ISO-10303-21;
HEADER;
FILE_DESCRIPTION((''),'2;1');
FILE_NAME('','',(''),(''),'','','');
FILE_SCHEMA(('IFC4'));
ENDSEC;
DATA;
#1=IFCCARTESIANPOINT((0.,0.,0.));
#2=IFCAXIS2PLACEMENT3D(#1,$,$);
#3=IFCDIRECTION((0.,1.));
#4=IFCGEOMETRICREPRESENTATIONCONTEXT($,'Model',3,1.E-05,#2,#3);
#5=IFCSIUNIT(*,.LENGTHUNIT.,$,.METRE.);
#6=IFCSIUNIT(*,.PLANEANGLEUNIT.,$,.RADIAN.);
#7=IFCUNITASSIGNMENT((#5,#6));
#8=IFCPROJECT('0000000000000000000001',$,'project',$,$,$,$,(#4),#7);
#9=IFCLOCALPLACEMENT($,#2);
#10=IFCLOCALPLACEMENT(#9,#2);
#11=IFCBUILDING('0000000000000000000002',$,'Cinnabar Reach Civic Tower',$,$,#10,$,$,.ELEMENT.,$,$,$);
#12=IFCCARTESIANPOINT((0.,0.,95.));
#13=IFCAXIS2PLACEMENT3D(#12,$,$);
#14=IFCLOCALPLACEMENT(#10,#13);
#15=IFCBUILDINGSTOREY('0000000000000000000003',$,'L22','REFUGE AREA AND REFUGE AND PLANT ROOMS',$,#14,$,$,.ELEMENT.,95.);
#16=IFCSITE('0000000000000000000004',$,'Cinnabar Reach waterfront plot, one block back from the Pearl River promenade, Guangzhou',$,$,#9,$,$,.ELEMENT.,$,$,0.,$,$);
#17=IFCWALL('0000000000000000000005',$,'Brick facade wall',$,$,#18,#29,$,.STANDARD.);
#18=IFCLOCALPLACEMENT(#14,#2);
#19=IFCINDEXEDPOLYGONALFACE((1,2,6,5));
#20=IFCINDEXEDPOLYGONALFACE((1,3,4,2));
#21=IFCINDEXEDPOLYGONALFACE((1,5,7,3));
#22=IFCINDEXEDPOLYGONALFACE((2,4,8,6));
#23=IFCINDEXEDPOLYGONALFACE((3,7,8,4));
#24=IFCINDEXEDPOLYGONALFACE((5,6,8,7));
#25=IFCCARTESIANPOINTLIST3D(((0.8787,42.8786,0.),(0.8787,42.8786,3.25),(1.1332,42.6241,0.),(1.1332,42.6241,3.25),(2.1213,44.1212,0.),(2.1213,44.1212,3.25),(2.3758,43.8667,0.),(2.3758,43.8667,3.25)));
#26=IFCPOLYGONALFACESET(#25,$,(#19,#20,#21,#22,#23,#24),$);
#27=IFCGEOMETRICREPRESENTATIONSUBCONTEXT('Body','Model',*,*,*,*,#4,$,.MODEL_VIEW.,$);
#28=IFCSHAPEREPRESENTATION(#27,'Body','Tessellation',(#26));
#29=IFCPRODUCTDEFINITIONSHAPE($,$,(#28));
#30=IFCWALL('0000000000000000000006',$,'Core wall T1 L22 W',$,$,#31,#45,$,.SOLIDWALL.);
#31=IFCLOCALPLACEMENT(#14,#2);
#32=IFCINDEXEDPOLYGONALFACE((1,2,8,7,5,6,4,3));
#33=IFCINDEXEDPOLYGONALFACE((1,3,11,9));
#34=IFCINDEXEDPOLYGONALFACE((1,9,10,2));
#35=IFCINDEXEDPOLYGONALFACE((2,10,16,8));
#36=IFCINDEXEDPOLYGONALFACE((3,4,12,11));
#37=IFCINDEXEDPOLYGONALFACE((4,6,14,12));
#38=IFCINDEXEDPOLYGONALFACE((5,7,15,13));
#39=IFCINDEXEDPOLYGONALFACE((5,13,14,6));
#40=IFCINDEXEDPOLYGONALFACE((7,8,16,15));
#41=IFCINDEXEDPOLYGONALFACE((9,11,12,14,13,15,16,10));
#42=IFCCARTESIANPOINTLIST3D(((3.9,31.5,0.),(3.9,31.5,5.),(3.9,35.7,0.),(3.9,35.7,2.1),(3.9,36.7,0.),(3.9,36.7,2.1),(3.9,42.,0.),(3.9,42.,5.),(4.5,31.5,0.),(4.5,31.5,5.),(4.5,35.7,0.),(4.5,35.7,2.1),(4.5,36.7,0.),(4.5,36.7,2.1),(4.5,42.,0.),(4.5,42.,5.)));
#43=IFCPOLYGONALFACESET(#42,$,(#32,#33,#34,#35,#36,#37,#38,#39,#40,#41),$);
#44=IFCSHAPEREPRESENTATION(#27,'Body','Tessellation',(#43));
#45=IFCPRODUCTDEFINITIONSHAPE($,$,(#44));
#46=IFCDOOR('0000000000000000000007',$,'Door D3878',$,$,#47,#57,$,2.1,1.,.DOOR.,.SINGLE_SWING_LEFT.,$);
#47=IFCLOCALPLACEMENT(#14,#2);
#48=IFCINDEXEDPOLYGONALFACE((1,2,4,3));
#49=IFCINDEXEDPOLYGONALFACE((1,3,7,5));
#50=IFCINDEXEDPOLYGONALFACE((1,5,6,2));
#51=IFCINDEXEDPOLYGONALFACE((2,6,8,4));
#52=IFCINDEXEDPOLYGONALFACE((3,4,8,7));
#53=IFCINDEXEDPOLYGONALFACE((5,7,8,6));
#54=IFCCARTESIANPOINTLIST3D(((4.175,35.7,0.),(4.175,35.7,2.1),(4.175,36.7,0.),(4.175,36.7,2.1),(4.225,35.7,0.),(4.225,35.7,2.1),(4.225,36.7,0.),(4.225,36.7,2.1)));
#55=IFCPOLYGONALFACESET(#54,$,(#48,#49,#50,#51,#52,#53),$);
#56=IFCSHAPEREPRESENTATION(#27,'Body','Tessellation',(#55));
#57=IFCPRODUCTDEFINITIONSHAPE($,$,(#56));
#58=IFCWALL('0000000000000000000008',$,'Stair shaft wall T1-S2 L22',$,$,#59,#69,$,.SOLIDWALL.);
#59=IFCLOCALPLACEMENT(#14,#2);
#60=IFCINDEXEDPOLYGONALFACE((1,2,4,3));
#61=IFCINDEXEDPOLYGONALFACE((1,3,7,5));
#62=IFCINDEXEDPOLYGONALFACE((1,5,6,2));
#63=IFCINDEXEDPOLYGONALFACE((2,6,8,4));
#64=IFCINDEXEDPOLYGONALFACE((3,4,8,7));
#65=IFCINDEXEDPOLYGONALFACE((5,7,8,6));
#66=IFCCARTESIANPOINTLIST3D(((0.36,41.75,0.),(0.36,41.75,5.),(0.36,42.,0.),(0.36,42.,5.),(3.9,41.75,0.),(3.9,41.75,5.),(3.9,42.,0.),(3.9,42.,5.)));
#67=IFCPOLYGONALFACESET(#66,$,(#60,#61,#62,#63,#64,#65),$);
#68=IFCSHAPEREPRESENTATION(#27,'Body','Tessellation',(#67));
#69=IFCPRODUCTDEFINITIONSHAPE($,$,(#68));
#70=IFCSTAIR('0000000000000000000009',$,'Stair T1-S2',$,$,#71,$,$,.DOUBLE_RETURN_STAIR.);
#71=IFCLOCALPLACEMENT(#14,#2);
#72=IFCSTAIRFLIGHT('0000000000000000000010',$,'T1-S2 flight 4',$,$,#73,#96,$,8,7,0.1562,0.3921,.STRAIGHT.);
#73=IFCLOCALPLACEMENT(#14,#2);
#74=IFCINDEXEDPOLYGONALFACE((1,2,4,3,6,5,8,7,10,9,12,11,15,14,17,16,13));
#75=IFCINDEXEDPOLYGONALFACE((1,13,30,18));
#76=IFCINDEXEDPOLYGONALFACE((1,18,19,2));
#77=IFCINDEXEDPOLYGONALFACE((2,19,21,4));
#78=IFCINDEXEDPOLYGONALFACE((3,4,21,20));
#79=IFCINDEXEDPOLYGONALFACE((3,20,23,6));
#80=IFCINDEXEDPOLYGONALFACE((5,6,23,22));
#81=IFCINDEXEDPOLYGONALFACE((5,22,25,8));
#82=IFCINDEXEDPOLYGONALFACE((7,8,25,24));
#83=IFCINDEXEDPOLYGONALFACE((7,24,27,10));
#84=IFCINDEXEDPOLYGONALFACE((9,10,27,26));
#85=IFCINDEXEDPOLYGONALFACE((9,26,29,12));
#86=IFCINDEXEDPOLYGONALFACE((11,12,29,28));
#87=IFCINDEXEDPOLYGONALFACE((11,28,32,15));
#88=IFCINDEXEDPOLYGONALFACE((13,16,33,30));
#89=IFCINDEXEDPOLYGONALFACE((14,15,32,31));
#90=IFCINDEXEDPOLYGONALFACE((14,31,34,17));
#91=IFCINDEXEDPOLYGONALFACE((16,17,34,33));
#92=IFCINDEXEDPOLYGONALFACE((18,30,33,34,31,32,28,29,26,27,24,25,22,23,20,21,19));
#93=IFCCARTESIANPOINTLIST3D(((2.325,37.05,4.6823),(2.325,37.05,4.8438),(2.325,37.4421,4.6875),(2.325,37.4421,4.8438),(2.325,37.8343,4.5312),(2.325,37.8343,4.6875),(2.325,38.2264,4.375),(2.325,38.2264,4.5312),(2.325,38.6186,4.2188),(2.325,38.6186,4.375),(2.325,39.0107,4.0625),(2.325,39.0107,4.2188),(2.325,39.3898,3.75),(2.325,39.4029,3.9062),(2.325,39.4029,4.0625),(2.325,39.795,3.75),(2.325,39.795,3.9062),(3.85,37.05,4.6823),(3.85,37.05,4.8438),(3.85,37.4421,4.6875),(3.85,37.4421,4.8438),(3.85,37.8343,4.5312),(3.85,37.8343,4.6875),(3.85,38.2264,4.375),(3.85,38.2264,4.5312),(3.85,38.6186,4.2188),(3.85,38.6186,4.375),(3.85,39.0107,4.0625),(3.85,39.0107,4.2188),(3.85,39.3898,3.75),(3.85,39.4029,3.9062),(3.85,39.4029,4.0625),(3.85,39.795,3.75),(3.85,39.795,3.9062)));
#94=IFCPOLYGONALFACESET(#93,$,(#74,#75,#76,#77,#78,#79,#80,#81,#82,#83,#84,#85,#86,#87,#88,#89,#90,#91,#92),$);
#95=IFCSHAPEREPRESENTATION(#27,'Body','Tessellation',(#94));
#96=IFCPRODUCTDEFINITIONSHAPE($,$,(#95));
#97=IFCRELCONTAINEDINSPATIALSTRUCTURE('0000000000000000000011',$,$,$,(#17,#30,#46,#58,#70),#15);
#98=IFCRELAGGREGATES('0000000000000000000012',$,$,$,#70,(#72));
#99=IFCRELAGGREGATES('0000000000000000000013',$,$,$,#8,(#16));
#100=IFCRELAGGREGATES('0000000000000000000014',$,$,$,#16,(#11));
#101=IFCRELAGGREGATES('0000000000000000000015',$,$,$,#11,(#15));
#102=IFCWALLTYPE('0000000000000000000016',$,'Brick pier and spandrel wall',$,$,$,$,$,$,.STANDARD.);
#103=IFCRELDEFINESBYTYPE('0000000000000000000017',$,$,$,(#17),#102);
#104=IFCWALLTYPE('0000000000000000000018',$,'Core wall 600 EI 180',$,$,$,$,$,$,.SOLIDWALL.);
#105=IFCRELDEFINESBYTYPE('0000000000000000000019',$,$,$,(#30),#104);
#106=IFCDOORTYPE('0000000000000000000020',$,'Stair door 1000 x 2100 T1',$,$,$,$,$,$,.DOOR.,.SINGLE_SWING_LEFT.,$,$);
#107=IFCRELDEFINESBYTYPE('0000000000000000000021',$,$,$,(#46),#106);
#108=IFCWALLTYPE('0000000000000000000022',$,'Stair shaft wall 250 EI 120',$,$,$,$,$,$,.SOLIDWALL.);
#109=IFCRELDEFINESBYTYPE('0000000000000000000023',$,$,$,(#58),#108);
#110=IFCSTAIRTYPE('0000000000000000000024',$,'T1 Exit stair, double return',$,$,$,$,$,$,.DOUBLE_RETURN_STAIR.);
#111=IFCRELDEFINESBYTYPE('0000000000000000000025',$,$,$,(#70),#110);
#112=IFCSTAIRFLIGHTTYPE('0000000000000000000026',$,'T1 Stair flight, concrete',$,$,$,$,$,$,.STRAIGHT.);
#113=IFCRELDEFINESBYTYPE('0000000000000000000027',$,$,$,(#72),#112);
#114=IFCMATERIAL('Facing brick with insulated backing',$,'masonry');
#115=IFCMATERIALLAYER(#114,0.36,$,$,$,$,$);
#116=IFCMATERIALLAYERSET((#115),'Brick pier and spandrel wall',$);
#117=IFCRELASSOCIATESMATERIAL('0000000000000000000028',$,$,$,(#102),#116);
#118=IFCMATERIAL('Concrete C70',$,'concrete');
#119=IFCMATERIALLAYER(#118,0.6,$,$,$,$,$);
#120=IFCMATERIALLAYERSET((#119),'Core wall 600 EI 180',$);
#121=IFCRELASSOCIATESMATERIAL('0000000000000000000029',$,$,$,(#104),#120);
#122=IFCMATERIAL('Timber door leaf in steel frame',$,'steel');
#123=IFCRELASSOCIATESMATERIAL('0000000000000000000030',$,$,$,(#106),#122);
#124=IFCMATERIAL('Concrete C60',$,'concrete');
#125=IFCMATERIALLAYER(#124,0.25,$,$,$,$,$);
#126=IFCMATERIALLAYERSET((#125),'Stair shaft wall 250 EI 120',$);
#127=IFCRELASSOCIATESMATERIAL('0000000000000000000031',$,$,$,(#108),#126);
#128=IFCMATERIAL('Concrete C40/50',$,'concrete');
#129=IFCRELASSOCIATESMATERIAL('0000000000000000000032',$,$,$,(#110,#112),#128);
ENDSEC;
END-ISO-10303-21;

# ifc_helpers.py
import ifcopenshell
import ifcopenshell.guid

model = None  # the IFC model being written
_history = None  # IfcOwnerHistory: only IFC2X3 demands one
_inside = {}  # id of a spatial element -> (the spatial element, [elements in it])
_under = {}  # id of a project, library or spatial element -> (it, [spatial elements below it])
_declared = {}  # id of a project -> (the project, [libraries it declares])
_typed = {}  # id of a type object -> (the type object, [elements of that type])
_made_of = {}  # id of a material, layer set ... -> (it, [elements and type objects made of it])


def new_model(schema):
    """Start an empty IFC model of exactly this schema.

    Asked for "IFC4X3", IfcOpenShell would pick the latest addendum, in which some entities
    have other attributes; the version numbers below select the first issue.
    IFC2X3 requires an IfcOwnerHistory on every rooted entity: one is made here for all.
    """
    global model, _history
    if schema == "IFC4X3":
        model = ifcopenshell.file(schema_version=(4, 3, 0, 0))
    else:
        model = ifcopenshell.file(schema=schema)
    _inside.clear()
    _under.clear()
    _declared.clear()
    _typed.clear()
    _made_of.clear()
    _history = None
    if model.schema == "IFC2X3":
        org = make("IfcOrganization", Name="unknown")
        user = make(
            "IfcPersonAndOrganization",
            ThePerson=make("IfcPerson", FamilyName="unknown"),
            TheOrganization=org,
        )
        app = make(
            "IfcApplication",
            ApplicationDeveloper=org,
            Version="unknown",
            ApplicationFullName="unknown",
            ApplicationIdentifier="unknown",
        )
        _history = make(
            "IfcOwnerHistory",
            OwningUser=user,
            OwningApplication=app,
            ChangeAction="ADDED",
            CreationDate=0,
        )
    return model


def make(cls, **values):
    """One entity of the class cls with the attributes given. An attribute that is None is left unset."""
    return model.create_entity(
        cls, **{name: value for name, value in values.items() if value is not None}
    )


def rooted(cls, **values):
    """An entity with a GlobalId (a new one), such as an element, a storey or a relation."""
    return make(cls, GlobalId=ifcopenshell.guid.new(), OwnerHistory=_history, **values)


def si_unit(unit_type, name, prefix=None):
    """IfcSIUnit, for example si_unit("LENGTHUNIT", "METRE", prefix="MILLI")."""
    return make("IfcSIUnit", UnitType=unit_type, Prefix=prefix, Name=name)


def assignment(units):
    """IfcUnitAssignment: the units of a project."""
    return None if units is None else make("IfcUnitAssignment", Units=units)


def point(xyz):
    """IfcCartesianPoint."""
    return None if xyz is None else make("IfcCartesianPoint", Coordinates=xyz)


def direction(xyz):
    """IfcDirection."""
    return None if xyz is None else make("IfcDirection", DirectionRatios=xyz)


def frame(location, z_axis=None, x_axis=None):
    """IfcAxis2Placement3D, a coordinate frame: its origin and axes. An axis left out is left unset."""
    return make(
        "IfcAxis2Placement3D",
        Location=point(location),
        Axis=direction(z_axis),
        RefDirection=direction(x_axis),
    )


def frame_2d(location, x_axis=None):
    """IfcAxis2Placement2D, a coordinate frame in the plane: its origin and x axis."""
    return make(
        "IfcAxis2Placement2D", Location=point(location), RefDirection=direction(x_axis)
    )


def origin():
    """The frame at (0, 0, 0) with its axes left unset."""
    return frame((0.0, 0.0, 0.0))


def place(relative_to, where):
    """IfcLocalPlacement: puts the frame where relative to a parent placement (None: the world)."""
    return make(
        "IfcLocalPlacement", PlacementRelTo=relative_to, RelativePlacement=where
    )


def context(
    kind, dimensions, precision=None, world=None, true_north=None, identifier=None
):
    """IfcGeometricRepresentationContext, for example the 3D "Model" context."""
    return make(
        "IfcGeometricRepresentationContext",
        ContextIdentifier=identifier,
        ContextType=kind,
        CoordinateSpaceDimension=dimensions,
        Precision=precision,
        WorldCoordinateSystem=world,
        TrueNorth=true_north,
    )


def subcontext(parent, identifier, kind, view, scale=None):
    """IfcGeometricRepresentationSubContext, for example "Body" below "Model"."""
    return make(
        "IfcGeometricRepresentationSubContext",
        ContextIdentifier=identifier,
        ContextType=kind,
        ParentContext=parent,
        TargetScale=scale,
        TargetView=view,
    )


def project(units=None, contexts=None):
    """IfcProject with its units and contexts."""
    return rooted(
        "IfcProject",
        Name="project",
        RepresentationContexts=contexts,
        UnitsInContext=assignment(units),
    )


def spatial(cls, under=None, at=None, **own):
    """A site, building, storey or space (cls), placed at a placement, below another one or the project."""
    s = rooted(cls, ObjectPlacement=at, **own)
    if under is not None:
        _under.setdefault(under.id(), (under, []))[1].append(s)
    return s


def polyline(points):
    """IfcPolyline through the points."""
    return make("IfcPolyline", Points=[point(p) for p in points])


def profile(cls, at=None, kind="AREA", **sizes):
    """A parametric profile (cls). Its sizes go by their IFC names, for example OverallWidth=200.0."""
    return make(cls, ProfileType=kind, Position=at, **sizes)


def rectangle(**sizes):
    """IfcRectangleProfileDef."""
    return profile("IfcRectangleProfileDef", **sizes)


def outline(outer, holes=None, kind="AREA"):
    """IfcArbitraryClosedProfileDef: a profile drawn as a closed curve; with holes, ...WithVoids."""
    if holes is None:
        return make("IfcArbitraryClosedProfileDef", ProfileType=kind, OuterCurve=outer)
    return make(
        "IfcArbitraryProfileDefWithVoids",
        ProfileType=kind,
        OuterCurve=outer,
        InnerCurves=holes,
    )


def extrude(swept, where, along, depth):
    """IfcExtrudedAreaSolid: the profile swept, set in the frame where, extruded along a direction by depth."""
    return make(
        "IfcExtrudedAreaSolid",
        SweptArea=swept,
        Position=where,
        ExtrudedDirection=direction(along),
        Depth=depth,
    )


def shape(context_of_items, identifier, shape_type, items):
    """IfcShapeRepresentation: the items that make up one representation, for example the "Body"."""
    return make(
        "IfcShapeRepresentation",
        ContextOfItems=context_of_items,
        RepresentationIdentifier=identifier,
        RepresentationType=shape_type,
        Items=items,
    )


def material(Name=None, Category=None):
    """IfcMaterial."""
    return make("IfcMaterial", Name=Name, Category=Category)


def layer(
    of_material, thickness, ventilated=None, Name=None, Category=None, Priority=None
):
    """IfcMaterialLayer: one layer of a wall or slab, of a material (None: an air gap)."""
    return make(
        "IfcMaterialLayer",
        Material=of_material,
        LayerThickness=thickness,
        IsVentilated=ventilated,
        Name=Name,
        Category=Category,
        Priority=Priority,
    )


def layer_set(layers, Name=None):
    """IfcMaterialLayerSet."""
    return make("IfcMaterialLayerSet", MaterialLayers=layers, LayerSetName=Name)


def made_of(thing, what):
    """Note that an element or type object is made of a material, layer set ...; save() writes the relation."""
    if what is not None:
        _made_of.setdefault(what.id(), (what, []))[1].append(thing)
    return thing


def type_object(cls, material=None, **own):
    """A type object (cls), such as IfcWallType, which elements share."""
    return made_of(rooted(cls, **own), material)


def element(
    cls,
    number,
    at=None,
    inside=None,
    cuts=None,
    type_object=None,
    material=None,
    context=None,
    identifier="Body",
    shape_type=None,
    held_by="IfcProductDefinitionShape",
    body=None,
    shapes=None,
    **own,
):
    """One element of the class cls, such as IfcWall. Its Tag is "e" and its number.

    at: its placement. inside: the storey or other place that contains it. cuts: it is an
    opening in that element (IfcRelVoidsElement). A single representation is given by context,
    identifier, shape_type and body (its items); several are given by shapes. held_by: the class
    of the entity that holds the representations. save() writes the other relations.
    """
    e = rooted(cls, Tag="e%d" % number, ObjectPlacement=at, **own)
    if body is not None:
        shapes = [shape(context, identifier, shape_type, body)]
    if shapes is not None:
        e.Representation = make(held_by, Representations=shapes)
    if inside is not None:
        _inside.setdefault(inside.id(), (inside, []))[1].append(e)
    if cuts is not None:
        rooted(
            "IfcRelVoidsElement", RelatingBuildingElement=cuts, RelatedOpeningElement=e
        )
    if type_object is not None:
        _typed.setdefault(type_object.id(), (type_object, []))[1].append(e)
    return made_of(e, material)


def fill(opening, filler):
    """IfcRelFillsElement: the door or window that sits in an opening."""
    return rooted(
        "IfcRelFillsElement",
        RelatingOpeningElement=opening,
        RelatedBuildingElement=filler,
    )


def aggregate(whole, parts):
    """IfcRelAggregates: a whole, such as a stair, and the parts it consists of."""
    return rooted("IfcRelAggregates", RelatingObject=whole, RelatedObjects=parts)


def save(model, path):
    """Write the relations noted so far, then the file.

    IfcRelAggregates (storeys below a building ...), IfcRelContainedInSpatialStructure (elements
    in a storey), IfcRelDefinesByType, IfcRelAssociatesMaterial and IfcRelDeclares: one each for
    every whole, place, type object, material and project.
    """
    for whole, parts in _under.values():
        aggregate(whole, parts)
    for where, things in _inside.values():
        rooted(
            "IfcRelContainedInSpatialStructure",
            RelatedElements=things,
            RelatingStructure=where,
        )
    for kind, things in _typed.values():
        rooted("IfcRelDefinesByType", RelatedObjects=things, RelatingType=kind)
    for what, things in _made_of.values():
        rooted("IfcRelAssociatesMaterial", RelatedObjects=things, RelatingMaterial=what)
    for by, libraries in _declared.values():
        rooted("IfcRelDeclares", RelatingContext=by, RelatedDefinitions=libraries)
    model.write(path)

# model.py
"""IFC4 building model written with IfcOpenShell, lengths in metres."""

from ifc_helpers import new_model, si_unit, direction, frame, frame_2d, origin, place, context, subcontext, project, spatial, polyline, rectangle, outline, extrude, material, layer, layer_set, type_object, element, fill, aggregate, save


model = new_model("IFC4")

# Units and contexts
model_context = context("Model", 3, precision=1e-05, world=origin(), true_north=direction((0.0, 1.0)))
body_context = subcontext(model_context, "Body", "Model", "MODEL_VIEW")
ifc_project = project(units=[si_unit("LENGTHUNIT", "METRE"), si_unit("PLANEANGLEUNIT", "RADIAN")], contexts=[model_context])

# Site, building, storey
site_placement = place(None, origin())
site = spatial("IfcSite", under=ifc_project, at=site_placement, Name="Cinnabar Reach waterfront plot, one block back from the Pearl River promenade, Guangzhou", CompositionType="ELEMENT", RefElevation=0.0)
building_placement = place(site_placement, origin())
building = spatial("IfcBuilding", under=site, at=building_placement, Name="Cinnabar Reach Civic Tower", CompositionType="ELEMENT")
storey_placement = place(building_placement, frame((0.0, 0.0, 95.0)))
storey = spatial("IfcBuildingStorey", under=building, at=storey_placement, Name="L22", Description="REFUGE AREA AND REFUGE AND PLANT ROOMS", CompositionType="ELEMENT", Elevation=95.0)

# Shared definitions
ifc_material_1 = material(Name="Concrete C70", Category="concrete")

# Wall
ifc_material_2 = material(Name="Facing brick with insulated backing", Category="masonry")
ifc_layer_1 = layer(ifc_material_2, 0.36)
ifc_layer_set_1 = layer_set([ifc_layer_1], Name="Brick pier and spandrel wall")
wall_type_1 = type_object("IfcWallType", Name="Brick pier and spandrel wall", PredefinedType="STANDARD", material=ifc_layer_set_1)
wall_1_placement = place(storey_placement, frame((2.2486, 43.994, 0.0), z_axis=(0.0, 0.0, 1.0), x_axis=(-0.707107, -0.707107, 0.0)))
element("IfcWall", 1, at=wall_1_placement, inside=storey, type_object=wall_type_1, Name="Brick facade wall", PredefinedType="STANDARD", context=body_context, shape_type="SweptSolid", body=[
    extrude(rectangle(XDim=1.7573, YDim=0.36, at=frame_2d((0.8787, 0.0))), origin(), (0.0, 0.0, 1.0), 3.25),
])

# Wall, opening, door
ifc_layer_2 = layer(ifc_material_1, 0.6)
ifc_layer_set_2 = layer_set([ifc_layer_2], Name="Core wall 600 EI 180")
wall_type_2 = type_object("IfcWallType", Name="Core wall 600 EI 180", PredefinedType="SOLIDWALL", material=ifc_layer_set_2)
wall_2_placement = place(storey_placement, frame((4.2, 42.0, 0.0), z_axis=(0.0, 0.0, 1.0), x_axis=(0.0, -1.0, 0.0)))
wall_2 = element("IfcWall", 2, at=wall_2_placement, inside=storey, type_object=wall_type_2, Name="Core wall T1 L22 W", PredefinedType="SOLIDWALL", context=body_context, shape_type="SweptSolid", body=[
    extrude(rectangle(XDim=10.5, YDim=0.6, at=frame_2d((5.25, 0.0))), origin(), (0.0, 0.0, 1.0), 5.0),
])
opening_placement = place(wall_2_placement, frame((5.3, 0.0, 0.0)))
opening = element("IfcOpeningElement", 3, at=opening_placement, cuts=wall_2, PredefinedType="OPENING", context=body_context, shape_type="SweptSolid", body=[
    extrude(rectangle(XDim=1.0, YDim=2.1, at=frame_2d((0.5, 1.05))), frame((0.0, 0.31, 0.0), z_axis=(0.0, -1.0, 0.0), x_axis=(1.0, 0.0, 0.0)), (0.0, 0.0, 1.0), 0.62),
])
ifc_material_3 = material(Name="Timber door leaf in steel frame", Category="steel")
door_type = type_object("IfcDoorType", Name="Stair door 1000 x 2100 T1", OperationType="SINGLE_SWING_LEFT", PredefinedType="DOOR", material=ifc_material_3)
door_placement = place(opening_placement, frame((1.0, 0.0, 0.0), z_axis=(0.0, 0.0, 1.0), x_axis=(-1.0, 0.0, 0.0)))
door = element("IfcDoor", 4, at=door_placement, inside=storey, type_object=door_type, Name="Door D3878", OperationType="SINGLE_SWING_LEFT", OverallHeight=2.1, OverallWidth=1.0, PredefinedType="DOOR", context=body_context, shape_type="SweptSolid", body=[
    extrude(rectangle(XDim=1.0, YDim=2.1, at=frame_2d((0.5, 1.05))), frame((0.0, 0.025, 0.0), z_axis=(0.0, -1.0, 0.0), x_axis=(1.0, 0.0, 0.0)), (0.0, 0.0, 1.0), 0.05),
])
fill(opening, door)

# Wall
ifc_material_4 = material(Name="Concrete C60", Category="concrete")
ifc_layer_3 = layer(ifc_material_4, 0.25)
ifc_layer_set_3 = layer_set([ifc_layer_3], Name="Stair shaft wall 250 EI 120")
wall_type_3 = type_object("IfcWallType", Name="Stair shaft wall 250 EI 120", PredefinedType="SOLIDWALL", material=ifc_layer_set_3)
wall_3_placement = place(storey_placement, frame((3.9, 41.875, 0.0), z_axis=(0.0, 0.0, 1.0), x_axis=(-1.0, 0.0, 0.0)))
element("IfcWall", 5, at=wall_3_placement, inside=storey, type_object=wall_type_3, Name="Stair shaft wall T1-S2 L22", PredefinedType="SOLIDWALL", context=body_context, shape_type="SweptSolid", body=[
    extrude(rectangle(XDim=3.54, YDim=0.25, at=frame_2d((1.77, 0.0))), origin(), (0.0, 0.0, 1.0), 5.0),
])

# Stair, stair flight
ifc_material_5 = material(Name="Concrete C40/50", Category="concrete")
stair_type = type_object("IfcStairType", Name="T1 Exit stair, double return", PredefinedType="DOUBLE_RETURN_STAIR", material=ifc_material_5)
stair_placement = place(storey_placement, origin())
stair = element("IfcStair", 6, at=stair_placement, inside=storey, type_object=stair_type, Name="Stair T1-S2", PredefinedType="DOUBLE_RETURN_STAIR")
stair_flight_type = type_object("IfcStairFlightType", Name="T1 Stair flight, concrete", PredefinedType="STRAIGHT", material=ifc_material_5)
stair_flight_placement = place(storey_placement, frame((3.0875, 39.795, 3.75), z_axis=(0.0, 0.0, 1.0), x_axis=(0.0, -1.0, 0.0)))
stair_flight = element("IfcStairFlight", 7, at=stair_flight_placement, type_object=stair_flight_type, Name="T1-S2 flight 4", NumberOfRisers=8, NumberOfTreads=7, PredefinedType="STRAIGHT", RiserHeight=0.1562, TreadLength=0.3921, context=body_context, shape_type="SweptSolid", body=[
    extrude(outline(polyline([(0.0, 0.0), (0.0, 0.1562), (0.3921, 0.1562), (0.3921, 0.3125), (0.7843, 0.3125), (0.7843, 0.4688), (1.1764, 0.4688), (1.1764, 0.625), (1.5686, 0.625), (1.5686, 0.7812), (1.9607, 0.7812), (1.9607, 0.9375), (2.3529, 0.9375), (2.3529, 1.0938), (2.745, 1.0938), (2.745, 1.25), (2.745, 0.9323), (0.4052, 0.0), (0.0, 0.0)])), frame((0.0, 0.7625, 0.0), z_axis=(0.0, -1.0, 0.0), x_axis=(1.0, 0.0, 0.0)), (0.0, 0.0, 1.0), 1.525),
])
aggregate(stair, [stair_flight])

save(model, "model.ifc")
